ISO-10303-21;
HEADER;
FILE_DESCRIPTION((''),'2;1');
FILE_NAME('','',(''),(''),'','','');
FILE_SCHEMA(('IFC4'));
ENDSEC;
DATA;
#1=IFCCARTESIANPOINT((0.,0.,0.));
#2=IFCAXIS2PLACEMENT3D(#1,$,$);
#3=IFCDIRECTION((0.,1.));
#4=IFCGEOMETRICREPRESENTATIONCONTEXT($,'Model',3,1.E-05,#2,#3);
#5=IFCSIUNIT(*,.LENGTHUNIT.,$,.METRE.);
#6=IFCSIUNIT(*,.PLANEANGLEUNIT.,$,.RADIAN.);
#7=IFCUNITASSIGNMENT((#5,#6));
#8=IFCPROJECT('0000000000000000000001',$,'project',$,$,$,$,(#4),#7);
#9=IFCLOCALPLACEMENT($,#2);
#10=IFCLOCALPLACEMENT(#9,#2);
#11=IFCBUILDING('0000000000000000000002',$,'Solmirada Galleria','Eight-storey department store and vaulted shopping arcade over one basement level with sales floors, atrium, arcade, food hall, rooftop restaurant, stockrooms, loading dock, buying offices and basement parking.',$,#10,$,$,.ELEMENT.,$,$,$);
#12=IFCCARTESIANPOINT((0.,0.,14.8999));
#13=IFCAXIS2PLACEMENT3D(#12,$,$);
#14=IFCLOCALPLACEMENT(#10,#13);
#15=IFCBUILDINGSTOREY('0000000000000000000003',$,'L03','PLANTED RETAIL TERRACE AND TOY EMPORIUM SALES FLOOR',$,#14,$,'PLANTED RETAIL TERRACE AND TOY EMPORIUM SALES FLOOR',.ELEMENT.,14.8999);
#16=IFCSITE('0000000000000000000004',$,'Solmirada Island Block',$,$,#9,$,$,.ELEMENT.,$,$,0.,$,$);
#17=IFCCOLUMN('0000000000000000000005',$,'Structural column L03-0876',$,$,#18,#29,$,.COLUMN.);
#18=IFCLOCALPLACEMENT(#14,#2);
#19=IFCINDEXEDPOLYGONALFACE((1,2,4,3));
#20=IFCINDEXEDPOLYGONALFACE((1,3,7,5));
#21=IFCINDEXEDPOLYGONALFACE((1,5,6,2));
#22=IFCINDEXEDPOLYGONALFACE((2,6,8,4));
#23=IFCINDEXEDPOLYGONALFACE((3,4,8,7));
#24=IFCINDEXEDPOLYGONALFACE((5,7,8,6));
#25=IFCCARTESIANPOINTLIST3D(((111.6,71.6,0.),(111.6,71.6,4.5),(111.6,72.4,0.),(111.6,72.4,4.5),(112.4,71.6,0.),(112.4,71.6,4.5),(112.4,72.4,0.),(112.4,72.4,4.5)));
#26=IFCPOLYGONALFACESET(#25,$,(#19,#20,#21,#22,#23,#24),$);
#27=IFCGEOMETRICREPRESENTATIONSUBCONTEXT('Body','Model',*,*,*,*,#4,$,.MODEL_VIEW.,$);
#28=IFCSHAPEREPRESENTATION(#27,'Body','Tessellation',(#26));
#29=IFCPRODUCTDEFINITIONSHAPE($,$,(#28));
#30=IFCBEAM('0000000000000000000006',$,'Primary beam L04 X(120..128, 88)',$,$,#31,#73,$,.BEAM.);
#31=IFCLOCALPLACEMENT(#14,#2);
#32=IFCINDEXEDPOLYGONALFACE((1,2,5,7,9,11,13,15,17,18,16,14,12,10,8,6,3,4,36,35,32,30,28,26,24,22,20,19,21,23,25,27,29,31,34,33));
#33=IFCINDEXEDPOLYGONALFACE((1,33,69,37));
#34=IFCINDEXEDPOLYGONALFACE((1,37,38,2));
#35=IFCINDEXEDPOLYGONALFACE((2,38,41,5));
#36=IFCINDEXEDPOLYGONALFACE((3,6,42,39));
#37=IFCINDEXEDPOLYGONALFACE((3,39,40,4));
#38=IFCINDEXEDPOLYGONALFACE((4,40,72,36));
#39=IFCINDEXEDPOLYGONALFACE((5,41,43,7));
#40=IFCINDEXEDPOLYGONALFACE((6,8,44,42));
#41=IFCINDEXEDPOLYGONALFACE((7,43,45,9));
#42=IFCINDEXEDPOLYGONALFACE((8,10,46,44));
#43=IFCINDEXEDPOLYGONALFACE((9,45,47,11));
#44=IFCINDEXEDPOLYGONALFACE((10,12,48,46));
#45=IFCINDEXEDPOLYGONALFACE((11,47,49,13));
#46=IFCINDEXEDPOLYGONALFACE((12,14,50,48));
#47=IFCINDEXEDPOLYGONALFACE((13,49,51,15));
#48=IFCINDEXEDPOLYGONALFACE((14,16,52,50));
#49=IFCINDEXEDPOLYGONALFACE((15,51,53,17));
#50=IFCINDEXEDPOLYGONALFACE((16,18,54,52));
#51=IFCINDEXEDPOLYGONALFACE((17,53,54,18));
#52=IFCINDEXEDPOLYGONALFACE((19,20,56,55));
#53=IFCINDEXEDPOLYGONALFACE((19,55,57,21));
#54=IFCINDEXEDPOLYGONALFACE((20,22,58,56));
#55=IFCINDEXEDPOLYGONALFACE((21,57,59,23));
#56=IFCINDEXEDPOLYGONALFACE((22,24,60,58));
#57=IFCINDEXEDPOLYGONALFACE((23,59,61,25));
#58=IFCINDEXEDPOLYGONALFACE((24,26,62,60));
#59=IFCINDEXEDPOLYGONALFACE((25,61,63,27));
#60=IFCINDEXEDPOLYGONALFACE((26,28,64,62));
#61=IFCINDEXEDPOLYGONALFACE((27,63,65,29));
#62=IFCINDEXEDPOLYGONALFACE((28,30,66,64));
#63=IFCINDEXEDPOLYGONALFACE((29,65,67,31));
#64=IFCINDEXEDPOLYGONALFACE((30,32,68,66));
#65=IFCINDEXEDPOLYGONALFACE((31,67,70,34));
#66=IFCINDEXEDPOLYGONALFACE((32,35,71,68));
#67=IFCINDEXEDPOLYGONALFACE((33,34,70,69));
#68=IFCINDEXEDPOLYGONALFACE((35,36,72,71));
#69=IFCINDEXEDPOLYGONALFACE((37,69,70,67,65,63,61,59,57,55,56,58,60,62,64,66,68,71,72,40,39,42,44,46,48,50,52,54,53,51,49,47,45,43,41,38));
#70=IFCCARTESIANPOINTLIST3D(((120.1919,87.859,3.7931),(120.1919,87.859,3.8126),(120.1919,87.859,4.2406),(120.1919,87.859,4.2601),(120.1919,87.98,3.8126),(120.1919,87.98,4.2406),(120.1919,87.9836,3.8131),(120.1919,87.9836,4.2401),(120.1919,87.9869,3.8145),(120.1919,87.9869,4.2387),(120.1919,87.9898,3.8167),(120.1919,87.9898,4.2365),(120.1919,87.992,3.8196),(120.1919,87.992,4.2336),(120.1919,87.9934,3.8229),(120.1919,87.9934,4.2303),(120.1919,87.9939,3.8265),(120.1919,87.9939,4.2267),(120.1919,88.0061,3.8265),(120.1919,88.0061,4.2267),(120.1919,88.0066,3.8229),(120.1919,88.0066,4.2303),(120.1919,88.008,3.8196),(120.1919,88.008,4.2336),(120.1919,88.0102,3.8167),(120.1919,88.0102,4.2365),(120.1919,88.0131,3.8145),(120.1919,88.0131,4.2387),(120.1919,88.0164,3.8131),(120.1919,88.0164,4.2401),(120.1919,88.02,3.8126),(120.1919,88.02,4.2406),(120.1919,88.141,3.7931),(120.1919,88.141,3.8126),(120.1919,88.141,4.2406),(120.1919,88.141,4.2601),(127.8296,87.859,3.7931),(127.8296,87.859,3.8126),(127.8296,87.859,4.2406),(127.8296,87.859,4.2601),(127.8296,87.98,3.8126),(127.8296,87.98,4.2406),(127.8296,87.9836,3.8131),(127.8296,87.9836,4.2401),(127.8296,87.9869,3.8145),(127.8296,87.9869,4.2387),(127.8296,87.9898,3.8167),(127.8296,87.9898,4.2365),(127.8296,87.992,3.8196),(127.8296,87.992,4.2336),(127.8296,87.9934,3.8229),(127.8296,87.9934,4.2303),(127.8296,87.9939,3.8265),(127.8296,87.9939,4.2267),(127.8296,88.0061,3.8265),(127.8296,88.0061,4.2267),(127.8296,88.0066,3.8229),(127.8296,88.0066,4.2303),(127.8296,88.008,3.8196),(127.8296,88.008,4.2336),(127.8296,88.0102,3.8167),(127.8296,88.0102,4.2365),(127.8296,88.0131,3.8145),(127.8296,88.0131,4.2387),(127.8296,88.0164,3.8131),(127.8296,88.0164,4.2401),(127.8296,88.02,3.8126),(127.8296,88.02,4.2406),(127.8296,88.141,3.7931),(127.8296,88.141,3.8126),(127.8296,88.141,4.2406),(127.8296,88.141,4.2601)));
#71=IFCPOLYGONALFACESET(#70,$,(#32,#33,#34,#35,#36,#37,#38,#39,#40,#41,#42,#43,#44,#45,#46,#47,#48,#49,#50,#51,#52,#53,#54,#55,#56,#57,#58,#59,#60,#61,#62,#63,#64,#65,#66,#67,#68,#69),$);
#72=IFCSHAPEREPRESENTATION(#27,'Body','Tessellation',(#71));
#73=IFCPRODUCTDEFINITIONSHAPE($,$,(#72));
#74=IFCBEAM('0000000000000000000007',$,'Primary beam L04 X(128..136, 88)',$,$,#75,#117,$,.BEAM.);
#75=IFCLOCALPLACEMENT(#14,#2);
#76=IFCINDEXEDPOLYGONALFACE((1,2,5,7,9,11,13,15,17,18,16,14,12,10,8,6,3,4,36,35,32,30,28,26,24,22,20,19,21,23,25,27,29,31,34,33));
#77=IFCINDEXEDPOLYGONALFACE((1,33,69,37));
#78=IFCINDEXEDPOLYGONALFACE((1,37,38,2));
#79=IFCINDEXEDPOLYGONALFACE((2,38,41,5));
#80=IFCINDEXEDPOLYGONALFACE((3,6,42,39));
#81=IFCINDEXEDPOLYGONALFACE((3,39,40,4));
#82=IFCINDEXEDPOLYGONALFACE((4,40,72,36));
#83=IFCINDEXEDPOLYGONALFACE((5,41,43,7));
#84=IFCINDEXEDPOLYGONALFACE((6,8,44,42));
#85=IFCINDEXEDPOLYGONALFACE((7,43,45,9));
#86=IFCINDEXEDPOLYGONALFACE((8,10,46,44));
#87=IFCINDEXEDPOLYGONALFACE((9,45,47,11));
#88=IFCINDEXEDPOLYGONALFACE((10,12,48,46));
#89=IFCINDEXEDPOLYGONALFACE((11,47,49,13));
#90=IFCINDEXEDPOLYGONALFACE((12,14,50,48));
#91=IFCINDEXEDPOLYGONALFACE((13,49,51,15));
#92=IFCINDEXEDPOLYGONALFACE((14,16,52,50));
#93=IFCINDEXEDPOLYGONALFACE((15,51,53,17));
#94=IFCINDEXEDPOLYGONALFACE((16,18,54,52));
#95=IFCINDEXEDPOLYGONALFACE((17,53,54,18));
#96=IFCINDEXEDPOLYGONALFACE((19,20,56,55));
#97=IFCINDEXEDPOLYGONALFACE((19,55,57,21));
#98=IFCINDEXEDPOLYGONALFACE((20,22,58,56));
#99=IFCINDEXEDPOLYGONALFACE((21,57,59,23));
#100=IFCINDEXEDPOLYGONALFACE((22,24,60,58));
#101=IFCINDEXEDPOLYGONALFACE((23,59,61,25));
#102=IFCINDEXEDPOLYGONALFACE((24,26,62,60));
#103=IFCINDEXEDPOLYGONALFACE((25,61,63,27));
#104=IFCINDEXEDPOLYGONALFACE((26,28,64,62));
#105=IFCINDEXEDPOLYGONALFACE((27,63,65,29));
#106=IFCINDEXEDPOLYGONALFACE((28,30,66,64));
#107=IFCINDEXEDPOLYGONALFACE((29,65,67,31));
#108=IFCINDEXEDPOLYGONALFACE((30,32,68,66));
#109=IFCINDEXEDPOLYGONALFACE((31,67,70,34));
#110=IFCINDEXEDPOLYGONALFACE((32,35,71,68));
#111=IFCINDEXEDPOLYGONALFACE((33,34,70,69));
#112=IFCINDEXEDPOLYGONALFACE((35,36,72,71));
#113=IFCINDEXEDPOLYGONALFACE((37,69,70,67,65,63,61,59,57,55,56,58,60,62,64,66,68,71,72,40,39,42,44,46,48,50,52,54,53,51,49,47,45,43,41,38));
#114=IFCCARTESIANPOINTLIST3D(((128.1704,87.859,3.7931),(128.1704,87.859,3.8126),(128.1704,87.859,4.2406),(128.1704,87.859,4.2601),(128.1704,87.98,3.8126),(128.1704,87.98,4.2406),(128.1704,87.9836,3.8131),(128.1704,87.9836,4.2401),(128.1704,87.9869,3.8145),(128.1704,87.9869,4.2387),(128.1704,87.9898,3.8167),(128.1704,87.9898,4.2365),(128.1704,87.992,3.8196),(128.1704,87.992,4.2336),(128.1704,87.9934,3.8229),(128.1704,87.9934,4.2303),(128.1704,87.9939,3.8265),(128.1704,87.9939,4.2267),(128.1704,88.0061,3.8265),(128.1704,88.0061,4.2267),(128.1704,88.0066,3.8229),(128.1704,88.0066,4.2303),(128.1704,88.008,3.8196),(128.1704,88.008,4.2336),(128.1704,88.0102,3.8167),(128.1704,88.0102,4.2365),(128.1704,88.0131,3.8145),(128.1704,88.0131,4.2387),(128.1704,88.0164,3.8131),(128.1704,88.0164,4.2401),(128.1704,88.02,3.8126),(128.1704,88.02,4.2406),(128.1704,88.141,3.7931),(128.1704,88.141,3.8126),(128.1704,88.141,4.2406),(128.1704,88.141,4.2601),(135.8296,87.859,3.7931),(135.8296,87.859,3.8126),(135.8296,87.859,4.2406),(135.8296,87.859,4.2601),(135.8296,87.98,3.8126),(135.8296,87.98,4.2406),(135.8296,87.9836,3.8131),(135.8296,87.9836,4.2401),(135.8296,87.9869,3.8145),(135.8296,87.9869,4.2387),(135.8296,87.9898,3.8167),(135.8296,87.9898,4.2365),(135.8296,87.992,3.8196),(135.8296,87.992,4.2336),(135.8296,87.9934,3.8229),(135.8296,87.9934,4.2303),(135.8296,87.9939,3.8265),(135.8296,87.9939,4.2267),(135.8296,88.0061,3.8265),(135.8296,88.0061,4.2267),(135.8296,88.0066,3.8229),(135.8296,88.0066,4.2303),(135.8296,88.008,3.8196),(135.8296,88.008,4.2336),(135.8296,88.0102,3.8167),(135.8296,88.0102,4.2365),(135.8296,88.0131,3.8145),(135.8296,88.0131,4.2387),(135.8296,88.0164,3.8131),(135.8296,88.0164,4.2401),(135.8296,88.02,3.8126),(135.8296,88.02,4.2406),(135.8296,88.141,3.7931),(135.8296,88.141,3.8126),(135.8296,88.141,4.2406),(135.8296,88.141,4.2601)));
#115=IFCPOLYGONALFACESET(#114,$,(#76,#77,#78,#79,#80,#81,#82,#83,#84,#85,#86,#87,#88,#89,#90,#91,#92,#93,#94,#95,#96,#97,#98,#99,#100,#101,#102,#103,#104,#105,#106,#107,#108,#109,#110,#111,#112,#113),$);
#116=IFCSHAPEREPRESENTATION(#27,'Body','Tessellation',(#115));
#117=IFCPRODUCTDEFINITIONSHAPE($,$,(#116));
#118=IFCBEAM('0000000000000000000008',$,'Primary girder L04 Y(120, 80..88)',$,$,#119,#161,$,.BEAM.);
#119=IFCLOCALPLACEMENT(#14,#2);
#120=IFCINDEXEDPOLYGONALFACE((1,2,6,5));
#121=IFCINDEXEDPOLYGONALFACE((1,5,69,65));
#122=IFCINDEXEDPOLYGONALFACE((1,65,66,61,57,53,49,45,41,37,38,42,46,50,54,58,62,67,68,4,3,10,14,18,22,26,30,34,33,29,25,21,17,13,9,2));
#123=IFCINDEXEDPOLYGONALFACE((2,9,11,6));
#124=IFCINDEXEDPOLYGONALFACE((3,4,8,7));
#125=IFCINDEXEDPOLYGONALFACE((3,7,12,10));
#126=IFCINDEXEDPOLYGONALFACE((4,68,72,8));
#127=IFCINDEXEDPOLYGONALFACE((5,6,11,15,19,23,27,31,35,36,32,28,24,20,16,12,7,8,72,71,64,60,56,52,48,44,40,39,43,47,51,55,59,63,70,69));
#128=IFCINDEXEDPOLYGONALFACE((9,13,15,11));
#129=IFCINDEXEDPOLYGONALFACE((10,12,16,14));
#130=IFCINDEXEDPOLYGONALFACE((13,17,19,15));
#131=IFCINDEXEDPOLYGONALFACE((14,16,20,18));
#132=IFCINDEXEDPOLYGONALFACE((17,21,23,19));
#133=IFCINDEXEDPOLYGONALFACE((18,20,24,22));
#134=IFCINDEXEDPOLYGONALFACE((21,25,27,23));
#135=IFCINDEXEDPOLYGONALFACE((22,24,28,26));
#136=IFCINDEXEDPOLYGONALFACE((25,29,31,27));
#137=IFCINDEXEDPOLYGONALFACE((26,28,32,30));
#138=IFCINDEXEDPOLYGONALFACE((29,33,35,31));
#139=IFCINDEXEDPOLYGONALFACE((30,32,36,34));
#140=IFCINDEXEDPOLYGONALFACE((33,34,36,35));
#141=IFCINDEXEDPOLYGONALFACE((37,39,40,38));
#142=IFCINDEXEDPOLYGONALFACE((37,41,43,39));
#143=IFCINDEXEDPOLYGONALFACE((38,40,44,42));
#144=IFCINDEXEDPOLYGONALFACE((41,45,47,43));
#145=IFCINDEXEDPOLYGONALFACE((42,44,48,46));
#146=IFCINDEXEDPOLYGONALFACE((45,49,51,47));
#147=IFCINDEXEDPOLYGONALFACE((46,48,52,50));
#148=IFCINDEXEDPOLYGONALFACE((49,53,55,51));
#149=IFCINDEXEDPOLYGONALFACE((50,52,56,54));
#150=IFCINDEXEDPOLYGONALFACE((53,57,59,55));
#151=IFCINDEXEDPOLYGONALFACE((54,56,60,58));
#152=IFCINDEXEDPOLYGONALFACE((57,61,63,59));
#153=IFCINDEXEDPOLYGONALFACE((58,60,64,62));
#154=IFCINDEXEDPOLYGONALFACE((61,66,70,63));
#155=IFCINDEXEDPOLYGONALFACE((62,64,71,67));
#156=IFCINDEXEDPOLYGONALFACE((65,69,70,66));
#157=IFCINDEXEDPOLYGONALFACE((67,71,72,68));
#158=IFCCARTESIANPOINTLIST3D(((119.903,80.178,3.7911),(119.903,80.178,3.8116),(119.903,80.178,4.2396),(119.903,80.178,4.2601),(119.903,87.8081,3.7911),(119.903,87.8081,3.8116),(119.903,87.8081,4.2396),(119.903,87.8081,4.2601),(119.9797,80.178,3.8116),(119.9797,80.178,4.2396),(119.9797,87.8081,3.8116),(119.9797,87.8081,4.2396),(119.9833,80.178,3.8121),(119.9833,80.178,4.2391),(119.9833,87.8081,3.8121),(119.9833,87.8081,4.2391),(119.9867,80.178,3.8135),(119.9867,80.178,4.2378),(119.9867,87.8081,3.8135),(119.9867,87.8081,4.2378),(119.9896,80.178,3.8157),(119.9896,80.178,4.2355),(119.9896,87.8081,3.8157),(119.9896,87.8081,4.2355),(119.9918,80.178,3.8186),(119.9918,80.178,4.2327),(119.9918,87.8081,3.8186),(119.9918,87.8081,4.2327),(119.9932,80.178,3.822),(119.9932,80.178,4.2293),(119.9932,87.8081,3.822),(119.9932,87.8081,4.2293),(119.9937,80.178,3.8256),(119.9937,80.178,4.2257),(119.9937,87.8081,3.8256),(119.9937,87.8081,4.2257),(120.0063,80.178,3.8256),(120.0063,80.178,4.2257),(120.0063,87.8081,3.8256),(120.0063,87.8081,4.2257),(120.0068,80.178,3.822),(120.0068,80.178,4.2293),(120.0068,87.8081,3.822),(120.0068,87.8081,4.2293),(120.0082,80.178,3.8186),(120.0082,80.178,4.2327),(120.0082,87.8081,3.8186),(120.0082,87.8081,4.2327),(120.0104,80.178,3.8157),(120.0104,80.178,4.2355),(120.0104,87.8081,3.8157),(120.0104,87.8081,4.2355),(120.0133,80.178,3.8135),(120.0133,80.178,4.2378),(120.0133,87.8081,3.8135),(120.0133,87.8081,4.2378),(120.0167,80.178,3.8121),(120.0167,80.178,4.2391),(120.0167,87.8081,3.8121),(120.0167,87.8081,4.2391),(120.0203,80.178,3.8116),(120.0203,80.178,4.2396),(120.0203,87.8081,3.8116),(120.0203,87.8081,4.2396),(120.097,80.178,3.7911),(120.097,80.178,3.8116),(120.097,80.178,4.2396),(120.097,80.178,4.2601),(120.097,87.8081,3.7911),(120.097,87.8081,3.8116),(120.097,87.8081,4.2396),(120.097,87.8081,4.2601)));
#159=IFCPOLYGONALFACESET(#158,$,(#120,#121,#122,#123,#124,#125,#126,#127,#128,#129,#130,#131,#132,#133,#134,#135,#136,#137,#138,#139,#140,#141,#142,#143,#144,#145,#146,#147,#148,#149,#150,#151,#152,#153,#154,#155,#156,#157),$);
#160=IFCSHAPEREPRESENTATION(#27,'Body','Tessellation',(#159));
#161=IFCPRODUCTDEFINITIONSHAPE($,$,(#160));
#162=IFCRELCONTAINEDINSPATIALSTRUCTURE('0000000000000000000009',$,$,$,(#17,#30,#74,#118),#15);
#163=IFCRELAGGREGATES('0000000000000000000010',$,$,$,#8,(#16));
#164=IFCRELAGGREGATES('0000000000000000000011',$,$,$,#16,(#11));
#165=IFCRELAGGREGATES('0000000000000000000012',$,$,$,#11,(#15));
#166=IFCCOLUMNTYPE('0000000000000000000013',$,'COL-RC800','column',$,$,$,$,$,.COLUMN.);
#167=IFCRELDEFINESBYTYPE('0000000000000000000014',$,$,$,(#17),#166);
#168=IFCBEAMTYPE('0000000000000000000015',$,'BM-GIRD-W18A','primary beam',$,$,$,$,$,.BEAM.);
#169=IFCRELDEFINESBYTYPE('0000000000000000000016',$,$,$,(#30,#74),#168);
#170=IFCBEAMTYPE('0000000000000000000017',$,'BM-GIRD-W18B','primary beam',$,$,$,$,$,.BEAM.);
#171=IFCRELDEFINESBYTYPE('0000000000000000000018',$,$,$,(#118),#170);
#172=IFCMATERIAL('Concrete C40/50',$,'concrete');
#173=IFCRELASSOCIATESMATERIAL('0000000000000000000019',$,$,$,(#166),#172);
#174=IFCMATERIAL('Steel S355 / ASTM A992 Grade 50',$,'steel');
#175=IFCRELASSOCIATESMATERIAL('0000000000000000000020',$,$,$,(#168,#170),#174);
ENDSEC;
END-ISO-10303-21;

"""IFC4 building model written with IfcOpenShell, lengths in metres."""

from ifc_helpers import new_model, si_unit, direction, frame, origin, origin_2d, place, context, subcontext, project, spatial, rectangle, i_section, extrude, material, material_profile, profile_set, type_object, element, save


model = new_model("IFC4")

# Units and contexts
model_context = context("Model", 3, precision=1e-05, world=origin(), true_north=direction((0.0, 1.0)))
body_context = subcontext(model_context, "Body", "Model", "MODEL_VIEW")
ifc_project = project(units=[si_unit("LENGTHUNIT", "METRE"), si_unit("PLANEANGLEUNIT", "RADIAN")], contexts=[model_context])

# Site, building, storey
site_placement = place(None, origin())
site = spatial("IfcSite", under=ifc_project, at=site_placement, Name="Solmirada Island Block", CompositionType="ELEMENT", RefElevation=0.0)
building_placement = place(site_placement, origin())
building = spatial("IfcBuilding", under=site, at=building_placement, Name="Solmirada Galleria", Description="Eight-storey department store and vaulted shopping arcade over one basement level with sales floors, atrium, arcade, food hall, rooftop restaurant, stockrooms, loading dock, buying offices and basement parking.", CompositionType="ELEMENT")
storey_placement = place(building_placement, frame((0.0, 0.0, 14.8999)))
storey = spatial("IfcBuildingStorey", under=building, at=storey_placement, Name="L03", Description="PLANTED RETAIL TERRACE AND TOY EMPORIUM SALES FLOOR", LongName="PLANTED RETAIL TERRACE AND TOY EMPORIUM SALES FLOOR", CompositionType="ELEMENT", Elevation=14.8999)

# Column
ifc_material_1 = material(Name="Concrete C40/50", Category="concrete")
ifc_material_profile_1 = material_profile(ifc_material_1, rectangle(XDim=0.8, YDim=0.8, at=origin_2d()), Name="RC800X800")
ifc_profile_set_1 = profile_set([ifc_material_profile_1], Name="Concrete C40/50")
column_type_1 = type_object("IfcColumnType", Name="COL-RC800", Description="column", PredefinedType="COLUMN", material=ifc_profile_set_1)
column_1_placement = place(storey_placement, frame((112.0, 72.0, 0.0), z_axis=(0.0, 0.0, 1.0), x_axis=(1.0, 0.0, 0.0)))
element("IfcColumn", 1, at=column_1_placement, inside=storey, type_object=column_type_1, Name="Structural column L03-0876", PredefinedType="COLUMN", context=body_context, shape_type="SweptSolid", body=[
    extrude(rectangle(XDim=0.8, YDim=0.8, at=origin_2d()), origin(), (0.0, 0.0, 1.0), 4.5),
])

# Beams
ifc_material_2 = material(Name="Steel S355 / ASTM A992 Grade 50", Category="steel")
ifc_material_profile_2 = material_profile(ifc_material_2, i_section(OverallWidth=0.282, OverallDepth=0.467, WebThickness=0.0122, FlangeThickness=0.0195, FilletRadius=0.0139, at=origin_2d()), Name="W18X86")
ifc_profile_set_2 = profile_set([ifc_material_profile_2], Name="Steel S355 / ASTM A992 Grade 50")
beam_type_1 = type_object("IfcBeamType", Name="BM-GIRD-W18A", Description="primary beam", PredefinedType="BEAM", material=ifc_profile_set_2)
beam_1_placement = place(storey_placement, frame((120.1919, 88.0, 4.0266), z_axis=(1.0, 0.0, 0.0), x_axis=(0.0, 1.0, 0.0)))
element("IfcBeam", 2, at=beam_1_placement, inside=storey, type_object=beam_type_1, Name="Primary beam L04 X(120..128, 88)", PredefinedType="BEAM", context=body_context, shape_type="SweptSolid", body=[
    extrude(i_section(OverallWidth=0.282, OverallDepth=0.467, WebThickness=0.0122, FlangeThickness=0.0195, FilletRadius=0.0139, at=origin_2d()), origin(), (0.0, 0.0, 1.0), 7.6377),
])
beam_2_placement = place(storey_placement, frame((128.1704, 88.0, 4.0266), z_axis=(1.0, 0.0, 0.0), x_axis=(0.0, 1.0, 0.0)))
element("IfcBeam", 3, at=beam_2_placement, inside=storey, type_object=beam_type_1, Name="Primary beam L04 X(128..136, 88)", PredefinedType="BEAM", context=body_context, shape_type="SweptSolid", body=[
    extrude(i_section(OverallWidth=0.282, OverallDepth=0.467, WebThickness=0.0122, FlangeThickness=0.0195, FilletRadius=0.0139, at=origin_2d()), origin(), (0.0, 0.0, 1.0), 7.6592),
])
ifc_material_profile_3 = material_profile(ifc_material_2, i_section(OverallWidth=0.1941, OverallDepth=0.469, WebThickness=0.0127, FlangeThickness=0.0205, FilletRadius=0.0139, at=origin_2d()), Name="W18X71")
ifc_profile_set_3 = profile_set([ifc_material_profile_3], Name="Steel S355 / ASTM A992 Grade 50")
beam_type_2 = type_object("IfcBeamType", Name="BM-GIRD-W18B", Description="primary beam", PredefinedType="BEAM", material=ifc_profile_set_3)
beam_3_placement = place(storey_placement, frame((120.0, 80.178, 4.0256), z_axis=(0.0, 1.0, 0.0), x_axis=(-1.0, 0.0, 0.0)))
element("IfcBeam", 4, at=beam_3_placement, inside=storey, type_object=beam_type_2, Name="Primary girder L04 Y(120, 80..88)", PredefinedType="BEAM", context=body_context, shape_type="SweptSolid", body=[
    extrude(i_section(OverallWidth=0.1941, OverallDepth=0.469, WebThickness=0.0127, FlangeThickness=0.0205, FilletRadius=0.0139, at=origin_2d()), origin(), (0.0, 0.0, 1.0), 7.6301),
])

save(model, "model.ifc")
